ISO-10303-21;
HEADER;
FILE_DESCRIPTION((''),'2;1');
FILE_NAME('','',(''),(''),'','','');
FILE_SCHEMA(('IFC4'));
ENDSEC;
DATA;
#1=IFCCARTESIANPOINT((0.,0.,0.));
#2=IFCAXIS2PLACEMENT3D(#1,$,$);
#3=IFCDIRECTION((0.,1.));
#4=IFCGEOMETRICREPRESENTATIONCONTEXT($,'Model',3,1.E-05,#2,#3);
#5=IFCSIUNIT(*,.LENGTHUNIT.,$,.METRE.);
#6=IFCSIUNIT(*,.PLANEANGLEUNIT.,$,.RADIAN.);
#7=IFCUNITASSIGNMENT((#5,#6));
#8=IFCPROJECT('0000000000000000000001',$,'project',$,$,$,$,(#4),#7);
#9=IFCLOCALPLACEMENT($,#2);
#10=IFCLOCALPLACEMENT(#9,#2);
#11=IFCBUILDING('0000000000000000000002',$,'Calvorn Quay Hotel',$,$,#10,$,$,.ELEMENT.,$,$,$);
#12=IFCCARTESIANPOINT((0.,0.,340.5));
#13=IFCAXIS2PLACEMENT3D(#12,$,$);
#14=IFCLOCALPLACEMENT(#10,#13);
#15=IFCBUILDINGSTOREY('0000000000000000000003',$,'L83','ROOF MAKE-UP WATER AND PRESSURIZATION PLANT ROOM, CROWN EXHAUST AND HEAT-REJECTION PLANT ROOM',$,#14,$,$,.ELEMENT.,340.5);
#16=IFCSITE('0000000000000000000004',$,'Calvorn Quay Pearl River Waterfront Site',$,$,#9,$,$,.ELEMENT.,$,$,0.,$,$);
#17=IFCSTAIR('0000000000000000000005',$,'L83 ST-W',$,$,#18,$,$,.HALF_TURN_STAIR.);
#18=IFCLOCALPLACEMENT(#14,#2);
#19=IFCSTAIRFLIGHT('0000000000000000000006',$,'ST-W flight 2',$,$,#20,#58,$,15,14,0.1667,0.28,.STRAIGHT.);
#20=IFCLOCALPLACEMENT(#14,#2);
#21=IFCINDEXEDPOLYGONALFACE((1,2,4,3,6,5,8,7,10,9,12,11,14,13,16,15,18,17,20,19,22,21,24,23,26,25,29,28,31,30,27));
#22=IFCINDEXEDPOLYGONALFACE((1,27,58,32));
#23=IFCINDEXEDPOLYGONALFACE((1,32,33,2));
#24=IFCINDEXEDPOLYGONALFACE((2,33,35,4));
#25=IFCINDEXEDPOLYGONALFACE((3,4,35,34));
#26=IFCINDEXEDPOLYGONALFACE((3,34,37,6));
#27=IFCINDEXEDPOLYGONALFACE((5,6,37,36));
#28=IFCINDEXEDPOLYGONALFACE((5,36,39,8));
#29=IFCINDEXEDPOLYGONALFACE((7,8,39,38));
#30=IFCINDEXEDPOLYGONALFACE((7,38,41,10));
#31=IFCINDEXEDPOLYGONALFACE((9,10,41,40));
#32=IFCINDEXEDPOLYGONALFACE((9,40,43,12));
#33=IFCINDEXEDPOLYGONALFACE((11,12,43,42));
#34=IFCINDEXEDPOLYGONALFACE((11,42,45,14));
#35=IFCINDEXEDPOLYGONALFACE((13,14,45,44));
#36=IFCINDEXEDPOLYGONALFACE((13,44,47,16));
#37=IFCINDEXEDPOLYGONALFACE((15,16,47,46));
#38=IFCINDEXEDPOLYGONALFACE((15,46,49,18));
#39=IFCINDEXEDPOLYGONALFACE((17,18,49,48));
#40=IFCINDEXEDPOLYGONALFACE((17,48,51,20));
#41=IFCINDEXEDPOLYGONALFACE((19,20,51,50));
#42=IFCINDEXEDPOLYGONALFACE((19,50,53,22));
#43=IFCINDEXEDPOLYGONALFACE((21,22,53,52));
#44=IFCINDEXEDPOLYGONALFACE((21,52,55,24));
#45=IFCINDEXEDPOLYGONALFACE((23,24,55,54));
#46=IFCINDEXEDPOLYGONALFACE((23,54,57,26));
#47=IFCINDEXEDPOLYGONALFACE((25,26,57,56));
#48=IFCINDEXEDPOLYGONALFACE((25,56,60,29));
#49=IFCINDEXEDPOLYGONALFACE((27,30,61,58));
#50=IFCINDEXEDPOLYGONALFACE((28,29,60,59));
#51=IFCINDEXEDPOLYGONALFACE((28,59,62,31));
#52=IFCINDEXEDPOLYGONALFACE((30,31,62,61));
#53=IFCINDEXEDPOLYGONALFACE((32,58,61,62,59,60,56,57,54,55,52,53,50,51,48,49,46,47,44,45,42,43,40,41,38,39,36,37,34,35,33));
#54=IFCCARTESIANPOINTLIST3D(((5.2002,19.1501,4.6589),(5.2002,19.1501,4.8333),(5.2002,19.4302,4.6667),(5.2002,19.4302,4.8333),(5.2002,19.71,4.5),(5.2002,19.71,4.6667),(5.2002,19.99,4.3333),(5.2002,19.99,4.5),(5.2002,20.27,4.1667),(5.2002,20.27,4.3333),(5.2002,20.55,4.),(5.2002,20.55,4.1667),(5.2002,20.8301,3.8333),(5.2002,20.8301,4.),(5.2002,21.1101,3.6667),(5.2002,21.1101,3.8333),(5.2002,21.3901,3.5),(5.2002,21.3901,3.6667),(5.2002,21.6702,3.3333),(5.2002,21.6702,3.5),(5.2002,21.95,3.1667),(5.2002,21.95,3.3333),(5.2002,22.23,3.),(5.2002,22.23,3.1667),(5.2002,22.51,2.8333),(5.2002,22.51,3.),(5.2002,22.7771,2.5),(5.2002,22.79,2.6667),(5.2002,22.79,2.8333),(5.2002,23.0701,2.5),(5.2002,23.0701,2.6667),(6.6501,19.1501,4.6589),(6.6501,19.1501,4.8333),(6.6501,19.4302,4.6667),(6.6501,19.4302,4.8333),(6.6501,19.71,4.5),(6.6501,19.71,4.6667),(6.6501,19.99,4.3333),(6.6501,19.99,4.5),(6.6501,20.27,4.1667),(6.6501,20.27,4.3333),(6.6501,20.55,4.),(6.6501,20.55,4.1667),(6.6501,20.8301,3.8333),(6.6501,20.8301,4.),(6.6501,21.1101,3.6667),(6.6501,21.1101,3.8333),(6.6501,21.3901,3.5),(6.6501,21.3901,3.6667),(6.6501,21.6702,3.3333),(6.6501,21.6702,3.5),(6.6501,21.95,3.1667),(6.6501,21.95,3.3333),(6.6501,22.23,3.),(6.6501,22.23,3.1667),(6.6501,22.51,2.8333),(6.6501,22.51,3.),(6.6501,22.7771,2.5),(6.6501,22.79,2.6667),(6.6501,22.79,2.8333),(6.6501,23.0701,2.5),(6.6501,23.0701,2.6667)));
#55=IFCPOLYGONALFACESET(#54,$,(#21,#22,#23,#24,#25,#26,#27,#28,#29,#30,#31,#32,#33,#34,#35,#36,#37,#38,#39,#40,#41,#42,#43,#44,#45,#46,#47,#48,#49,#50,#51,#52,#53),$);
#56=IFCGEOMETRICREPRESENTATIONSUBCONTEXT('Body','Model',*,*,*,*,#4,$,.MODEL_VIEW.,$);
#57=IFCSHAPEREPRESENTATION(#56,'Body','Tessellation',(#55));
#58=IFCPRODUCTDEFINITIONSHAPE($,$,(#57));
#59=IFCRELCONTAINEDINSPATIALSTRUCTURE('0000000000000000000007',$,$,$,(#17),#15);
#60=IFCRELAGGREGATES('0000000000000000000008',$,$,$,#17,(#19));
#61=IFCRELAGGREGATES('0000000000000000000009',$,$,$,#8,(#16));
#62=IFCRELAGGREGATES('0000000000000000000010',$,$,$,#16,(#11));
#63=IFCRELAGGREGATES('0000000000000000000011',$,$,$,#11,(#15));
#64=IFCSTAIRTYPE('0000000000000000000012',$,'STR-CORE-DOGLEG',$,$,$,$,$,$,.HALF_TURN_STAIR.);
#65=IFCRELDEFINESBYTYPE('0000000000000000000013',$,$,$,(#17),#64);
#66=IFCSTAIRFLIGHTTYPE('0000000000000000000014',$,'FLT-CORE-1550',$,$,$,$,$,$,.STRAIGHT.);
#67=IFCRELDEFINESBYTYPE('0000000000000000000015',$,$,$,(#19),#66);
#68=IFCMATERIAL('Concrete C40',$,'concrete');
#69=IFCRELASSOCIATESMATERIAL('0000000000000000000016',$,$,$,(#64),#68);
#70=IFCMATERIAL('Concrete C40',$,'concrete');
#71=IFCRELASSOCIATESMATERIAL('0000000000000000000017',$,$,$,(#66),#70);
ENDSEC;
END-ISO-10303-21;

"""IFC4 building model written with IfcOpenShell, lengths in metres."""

from ifc_helpers import new_model, si_unit, direction, frame, origin, place, context, subcontext, project, spatial, polyline, outline, extrude, material, type_object, element, aggregate, save


model = new_model("IFC4")

# Units and contexts
model_context = context("Model", 3, precision=1e-05, world=origin(), true_north=direction((0.0, 1.0)))
body_context = subcontext(model_context, "Body", "Model", "MODEL_VIEW")
ifc_project = project(units=[si_unit("LENGTHUNIT", "METRE"), si_unit("PLANEANGLEUNIT", "RADIAN")], contexts=[model_context])

# Site, building, storey
site_placement = place(None, origin())
site = spatial("IfcSite", under=ifc_project, at=site_placement, Name="Calvorn Quay Pearl River Waterfront Site", CompositionType="ELEMENT", RefElevation=0.0)
building_placement = place(site_placement, origin())
building = spatial("IfcBuilding", under=site, at=building_placement, Name="Calvorn Quay Hotel", CompositionType="ELEMENT")
storey_placement = place(building_placement, frame((0.0, 0.0, 340.5)))
storey = spatial("IfcBuildingStorey", under=building, at=storey_placement, Name="L83", Description="ROOF MAKE-UP WATER AND PRESSURIZATION PLANT ROOM, CROWN EXHAUST AND HEAT-REJECTION PLANT ROOM", CompositionType="ELEMENT", Elevation=340.5)

# Stair, stair flight
ifc_material_1 = material(Name="Concrete C40", Category="concrete")
stair_type = type_object("IfcStairType", Name="STR-CORE-DOGLEG", PredefinedType="HALF_TURN_STAIR", material=ifc_material_1)
stair_placement = place(storey_placement, origin())
stair = element("IfcStair", 1, at=stair_placement, inside=storey, type_object=stair_type, Name="L83 ST-W", PredefinedType="HALF_TURN_STAIR")
ifc_material_2 = material(Name="Concrete C40", Category="concrete")
stair_flight_type = type_object("IfcStairFlightType", Name="FLT-CORE-1550", PredefinedType="STRAIGHT", material=ifc_material_2)
stair_flight_placement = place(storey_placement, frame((5.925, 23.0701, 2.5), z_axis=(0.0, 0.0, 1.0), x_axis=(0.0, -1.0, 0.0)))
stair_flight = element("IfcStairFlight", 2, at=stair_flight_placement, type_object=stair_flight_type, Name="ST-W flight 2", NumberOfRisers=15, NumberOfTreads=14, PredefinedType="STRAIGHT", RiserHeight=0.1667, TreadLength=0.28, context=body_context, shape_type="SweptSolid", body=[
    extrude(outline(polyline([(0.0, 0.0), (0.0, 0.1667), (0.28, 0.1667), (0.28, 0.3333), (0.5601, 0.3333), (0.5601, 0.5), (0.8401, 0.5), (0.8401, 0.6667), (1.1201, 0.6667), (1.1201, 0.8333), (1.3999, 0.8333), (1.3999, 1.0), (1.6799, 1.0), (1.6799, 1.1667), (1.96, 1.1667), (1.96, 1.3333), (2.24, 1.3333), (2.24, 1.5), (2.52, 1.5), (2.52, 1.6667), (2.8, 1.6667), (2.8, 1.8333), (3.0801, 1.8333), (3.0801, 2.0), (3.3601, 2.0), (3.3601, 2.1667), (3.6399, 2.1667), (3.6399, 2.3333), (3.9199, 2.3333), (3.9199, 2.5), (3.9199, 2.1589), (0.293, 0.0), (0.0, 0.0)])), frame((0.0, 0.7251, 0.0), z_axis=(0.0, -1.0, 0.0), x_axis=(1.0, 0.0, 0.0)), (0.0, 0.0, 1.0), 1.45),
])
aggregate(stair, [stair_flight])

save(model, "model.ifc")
